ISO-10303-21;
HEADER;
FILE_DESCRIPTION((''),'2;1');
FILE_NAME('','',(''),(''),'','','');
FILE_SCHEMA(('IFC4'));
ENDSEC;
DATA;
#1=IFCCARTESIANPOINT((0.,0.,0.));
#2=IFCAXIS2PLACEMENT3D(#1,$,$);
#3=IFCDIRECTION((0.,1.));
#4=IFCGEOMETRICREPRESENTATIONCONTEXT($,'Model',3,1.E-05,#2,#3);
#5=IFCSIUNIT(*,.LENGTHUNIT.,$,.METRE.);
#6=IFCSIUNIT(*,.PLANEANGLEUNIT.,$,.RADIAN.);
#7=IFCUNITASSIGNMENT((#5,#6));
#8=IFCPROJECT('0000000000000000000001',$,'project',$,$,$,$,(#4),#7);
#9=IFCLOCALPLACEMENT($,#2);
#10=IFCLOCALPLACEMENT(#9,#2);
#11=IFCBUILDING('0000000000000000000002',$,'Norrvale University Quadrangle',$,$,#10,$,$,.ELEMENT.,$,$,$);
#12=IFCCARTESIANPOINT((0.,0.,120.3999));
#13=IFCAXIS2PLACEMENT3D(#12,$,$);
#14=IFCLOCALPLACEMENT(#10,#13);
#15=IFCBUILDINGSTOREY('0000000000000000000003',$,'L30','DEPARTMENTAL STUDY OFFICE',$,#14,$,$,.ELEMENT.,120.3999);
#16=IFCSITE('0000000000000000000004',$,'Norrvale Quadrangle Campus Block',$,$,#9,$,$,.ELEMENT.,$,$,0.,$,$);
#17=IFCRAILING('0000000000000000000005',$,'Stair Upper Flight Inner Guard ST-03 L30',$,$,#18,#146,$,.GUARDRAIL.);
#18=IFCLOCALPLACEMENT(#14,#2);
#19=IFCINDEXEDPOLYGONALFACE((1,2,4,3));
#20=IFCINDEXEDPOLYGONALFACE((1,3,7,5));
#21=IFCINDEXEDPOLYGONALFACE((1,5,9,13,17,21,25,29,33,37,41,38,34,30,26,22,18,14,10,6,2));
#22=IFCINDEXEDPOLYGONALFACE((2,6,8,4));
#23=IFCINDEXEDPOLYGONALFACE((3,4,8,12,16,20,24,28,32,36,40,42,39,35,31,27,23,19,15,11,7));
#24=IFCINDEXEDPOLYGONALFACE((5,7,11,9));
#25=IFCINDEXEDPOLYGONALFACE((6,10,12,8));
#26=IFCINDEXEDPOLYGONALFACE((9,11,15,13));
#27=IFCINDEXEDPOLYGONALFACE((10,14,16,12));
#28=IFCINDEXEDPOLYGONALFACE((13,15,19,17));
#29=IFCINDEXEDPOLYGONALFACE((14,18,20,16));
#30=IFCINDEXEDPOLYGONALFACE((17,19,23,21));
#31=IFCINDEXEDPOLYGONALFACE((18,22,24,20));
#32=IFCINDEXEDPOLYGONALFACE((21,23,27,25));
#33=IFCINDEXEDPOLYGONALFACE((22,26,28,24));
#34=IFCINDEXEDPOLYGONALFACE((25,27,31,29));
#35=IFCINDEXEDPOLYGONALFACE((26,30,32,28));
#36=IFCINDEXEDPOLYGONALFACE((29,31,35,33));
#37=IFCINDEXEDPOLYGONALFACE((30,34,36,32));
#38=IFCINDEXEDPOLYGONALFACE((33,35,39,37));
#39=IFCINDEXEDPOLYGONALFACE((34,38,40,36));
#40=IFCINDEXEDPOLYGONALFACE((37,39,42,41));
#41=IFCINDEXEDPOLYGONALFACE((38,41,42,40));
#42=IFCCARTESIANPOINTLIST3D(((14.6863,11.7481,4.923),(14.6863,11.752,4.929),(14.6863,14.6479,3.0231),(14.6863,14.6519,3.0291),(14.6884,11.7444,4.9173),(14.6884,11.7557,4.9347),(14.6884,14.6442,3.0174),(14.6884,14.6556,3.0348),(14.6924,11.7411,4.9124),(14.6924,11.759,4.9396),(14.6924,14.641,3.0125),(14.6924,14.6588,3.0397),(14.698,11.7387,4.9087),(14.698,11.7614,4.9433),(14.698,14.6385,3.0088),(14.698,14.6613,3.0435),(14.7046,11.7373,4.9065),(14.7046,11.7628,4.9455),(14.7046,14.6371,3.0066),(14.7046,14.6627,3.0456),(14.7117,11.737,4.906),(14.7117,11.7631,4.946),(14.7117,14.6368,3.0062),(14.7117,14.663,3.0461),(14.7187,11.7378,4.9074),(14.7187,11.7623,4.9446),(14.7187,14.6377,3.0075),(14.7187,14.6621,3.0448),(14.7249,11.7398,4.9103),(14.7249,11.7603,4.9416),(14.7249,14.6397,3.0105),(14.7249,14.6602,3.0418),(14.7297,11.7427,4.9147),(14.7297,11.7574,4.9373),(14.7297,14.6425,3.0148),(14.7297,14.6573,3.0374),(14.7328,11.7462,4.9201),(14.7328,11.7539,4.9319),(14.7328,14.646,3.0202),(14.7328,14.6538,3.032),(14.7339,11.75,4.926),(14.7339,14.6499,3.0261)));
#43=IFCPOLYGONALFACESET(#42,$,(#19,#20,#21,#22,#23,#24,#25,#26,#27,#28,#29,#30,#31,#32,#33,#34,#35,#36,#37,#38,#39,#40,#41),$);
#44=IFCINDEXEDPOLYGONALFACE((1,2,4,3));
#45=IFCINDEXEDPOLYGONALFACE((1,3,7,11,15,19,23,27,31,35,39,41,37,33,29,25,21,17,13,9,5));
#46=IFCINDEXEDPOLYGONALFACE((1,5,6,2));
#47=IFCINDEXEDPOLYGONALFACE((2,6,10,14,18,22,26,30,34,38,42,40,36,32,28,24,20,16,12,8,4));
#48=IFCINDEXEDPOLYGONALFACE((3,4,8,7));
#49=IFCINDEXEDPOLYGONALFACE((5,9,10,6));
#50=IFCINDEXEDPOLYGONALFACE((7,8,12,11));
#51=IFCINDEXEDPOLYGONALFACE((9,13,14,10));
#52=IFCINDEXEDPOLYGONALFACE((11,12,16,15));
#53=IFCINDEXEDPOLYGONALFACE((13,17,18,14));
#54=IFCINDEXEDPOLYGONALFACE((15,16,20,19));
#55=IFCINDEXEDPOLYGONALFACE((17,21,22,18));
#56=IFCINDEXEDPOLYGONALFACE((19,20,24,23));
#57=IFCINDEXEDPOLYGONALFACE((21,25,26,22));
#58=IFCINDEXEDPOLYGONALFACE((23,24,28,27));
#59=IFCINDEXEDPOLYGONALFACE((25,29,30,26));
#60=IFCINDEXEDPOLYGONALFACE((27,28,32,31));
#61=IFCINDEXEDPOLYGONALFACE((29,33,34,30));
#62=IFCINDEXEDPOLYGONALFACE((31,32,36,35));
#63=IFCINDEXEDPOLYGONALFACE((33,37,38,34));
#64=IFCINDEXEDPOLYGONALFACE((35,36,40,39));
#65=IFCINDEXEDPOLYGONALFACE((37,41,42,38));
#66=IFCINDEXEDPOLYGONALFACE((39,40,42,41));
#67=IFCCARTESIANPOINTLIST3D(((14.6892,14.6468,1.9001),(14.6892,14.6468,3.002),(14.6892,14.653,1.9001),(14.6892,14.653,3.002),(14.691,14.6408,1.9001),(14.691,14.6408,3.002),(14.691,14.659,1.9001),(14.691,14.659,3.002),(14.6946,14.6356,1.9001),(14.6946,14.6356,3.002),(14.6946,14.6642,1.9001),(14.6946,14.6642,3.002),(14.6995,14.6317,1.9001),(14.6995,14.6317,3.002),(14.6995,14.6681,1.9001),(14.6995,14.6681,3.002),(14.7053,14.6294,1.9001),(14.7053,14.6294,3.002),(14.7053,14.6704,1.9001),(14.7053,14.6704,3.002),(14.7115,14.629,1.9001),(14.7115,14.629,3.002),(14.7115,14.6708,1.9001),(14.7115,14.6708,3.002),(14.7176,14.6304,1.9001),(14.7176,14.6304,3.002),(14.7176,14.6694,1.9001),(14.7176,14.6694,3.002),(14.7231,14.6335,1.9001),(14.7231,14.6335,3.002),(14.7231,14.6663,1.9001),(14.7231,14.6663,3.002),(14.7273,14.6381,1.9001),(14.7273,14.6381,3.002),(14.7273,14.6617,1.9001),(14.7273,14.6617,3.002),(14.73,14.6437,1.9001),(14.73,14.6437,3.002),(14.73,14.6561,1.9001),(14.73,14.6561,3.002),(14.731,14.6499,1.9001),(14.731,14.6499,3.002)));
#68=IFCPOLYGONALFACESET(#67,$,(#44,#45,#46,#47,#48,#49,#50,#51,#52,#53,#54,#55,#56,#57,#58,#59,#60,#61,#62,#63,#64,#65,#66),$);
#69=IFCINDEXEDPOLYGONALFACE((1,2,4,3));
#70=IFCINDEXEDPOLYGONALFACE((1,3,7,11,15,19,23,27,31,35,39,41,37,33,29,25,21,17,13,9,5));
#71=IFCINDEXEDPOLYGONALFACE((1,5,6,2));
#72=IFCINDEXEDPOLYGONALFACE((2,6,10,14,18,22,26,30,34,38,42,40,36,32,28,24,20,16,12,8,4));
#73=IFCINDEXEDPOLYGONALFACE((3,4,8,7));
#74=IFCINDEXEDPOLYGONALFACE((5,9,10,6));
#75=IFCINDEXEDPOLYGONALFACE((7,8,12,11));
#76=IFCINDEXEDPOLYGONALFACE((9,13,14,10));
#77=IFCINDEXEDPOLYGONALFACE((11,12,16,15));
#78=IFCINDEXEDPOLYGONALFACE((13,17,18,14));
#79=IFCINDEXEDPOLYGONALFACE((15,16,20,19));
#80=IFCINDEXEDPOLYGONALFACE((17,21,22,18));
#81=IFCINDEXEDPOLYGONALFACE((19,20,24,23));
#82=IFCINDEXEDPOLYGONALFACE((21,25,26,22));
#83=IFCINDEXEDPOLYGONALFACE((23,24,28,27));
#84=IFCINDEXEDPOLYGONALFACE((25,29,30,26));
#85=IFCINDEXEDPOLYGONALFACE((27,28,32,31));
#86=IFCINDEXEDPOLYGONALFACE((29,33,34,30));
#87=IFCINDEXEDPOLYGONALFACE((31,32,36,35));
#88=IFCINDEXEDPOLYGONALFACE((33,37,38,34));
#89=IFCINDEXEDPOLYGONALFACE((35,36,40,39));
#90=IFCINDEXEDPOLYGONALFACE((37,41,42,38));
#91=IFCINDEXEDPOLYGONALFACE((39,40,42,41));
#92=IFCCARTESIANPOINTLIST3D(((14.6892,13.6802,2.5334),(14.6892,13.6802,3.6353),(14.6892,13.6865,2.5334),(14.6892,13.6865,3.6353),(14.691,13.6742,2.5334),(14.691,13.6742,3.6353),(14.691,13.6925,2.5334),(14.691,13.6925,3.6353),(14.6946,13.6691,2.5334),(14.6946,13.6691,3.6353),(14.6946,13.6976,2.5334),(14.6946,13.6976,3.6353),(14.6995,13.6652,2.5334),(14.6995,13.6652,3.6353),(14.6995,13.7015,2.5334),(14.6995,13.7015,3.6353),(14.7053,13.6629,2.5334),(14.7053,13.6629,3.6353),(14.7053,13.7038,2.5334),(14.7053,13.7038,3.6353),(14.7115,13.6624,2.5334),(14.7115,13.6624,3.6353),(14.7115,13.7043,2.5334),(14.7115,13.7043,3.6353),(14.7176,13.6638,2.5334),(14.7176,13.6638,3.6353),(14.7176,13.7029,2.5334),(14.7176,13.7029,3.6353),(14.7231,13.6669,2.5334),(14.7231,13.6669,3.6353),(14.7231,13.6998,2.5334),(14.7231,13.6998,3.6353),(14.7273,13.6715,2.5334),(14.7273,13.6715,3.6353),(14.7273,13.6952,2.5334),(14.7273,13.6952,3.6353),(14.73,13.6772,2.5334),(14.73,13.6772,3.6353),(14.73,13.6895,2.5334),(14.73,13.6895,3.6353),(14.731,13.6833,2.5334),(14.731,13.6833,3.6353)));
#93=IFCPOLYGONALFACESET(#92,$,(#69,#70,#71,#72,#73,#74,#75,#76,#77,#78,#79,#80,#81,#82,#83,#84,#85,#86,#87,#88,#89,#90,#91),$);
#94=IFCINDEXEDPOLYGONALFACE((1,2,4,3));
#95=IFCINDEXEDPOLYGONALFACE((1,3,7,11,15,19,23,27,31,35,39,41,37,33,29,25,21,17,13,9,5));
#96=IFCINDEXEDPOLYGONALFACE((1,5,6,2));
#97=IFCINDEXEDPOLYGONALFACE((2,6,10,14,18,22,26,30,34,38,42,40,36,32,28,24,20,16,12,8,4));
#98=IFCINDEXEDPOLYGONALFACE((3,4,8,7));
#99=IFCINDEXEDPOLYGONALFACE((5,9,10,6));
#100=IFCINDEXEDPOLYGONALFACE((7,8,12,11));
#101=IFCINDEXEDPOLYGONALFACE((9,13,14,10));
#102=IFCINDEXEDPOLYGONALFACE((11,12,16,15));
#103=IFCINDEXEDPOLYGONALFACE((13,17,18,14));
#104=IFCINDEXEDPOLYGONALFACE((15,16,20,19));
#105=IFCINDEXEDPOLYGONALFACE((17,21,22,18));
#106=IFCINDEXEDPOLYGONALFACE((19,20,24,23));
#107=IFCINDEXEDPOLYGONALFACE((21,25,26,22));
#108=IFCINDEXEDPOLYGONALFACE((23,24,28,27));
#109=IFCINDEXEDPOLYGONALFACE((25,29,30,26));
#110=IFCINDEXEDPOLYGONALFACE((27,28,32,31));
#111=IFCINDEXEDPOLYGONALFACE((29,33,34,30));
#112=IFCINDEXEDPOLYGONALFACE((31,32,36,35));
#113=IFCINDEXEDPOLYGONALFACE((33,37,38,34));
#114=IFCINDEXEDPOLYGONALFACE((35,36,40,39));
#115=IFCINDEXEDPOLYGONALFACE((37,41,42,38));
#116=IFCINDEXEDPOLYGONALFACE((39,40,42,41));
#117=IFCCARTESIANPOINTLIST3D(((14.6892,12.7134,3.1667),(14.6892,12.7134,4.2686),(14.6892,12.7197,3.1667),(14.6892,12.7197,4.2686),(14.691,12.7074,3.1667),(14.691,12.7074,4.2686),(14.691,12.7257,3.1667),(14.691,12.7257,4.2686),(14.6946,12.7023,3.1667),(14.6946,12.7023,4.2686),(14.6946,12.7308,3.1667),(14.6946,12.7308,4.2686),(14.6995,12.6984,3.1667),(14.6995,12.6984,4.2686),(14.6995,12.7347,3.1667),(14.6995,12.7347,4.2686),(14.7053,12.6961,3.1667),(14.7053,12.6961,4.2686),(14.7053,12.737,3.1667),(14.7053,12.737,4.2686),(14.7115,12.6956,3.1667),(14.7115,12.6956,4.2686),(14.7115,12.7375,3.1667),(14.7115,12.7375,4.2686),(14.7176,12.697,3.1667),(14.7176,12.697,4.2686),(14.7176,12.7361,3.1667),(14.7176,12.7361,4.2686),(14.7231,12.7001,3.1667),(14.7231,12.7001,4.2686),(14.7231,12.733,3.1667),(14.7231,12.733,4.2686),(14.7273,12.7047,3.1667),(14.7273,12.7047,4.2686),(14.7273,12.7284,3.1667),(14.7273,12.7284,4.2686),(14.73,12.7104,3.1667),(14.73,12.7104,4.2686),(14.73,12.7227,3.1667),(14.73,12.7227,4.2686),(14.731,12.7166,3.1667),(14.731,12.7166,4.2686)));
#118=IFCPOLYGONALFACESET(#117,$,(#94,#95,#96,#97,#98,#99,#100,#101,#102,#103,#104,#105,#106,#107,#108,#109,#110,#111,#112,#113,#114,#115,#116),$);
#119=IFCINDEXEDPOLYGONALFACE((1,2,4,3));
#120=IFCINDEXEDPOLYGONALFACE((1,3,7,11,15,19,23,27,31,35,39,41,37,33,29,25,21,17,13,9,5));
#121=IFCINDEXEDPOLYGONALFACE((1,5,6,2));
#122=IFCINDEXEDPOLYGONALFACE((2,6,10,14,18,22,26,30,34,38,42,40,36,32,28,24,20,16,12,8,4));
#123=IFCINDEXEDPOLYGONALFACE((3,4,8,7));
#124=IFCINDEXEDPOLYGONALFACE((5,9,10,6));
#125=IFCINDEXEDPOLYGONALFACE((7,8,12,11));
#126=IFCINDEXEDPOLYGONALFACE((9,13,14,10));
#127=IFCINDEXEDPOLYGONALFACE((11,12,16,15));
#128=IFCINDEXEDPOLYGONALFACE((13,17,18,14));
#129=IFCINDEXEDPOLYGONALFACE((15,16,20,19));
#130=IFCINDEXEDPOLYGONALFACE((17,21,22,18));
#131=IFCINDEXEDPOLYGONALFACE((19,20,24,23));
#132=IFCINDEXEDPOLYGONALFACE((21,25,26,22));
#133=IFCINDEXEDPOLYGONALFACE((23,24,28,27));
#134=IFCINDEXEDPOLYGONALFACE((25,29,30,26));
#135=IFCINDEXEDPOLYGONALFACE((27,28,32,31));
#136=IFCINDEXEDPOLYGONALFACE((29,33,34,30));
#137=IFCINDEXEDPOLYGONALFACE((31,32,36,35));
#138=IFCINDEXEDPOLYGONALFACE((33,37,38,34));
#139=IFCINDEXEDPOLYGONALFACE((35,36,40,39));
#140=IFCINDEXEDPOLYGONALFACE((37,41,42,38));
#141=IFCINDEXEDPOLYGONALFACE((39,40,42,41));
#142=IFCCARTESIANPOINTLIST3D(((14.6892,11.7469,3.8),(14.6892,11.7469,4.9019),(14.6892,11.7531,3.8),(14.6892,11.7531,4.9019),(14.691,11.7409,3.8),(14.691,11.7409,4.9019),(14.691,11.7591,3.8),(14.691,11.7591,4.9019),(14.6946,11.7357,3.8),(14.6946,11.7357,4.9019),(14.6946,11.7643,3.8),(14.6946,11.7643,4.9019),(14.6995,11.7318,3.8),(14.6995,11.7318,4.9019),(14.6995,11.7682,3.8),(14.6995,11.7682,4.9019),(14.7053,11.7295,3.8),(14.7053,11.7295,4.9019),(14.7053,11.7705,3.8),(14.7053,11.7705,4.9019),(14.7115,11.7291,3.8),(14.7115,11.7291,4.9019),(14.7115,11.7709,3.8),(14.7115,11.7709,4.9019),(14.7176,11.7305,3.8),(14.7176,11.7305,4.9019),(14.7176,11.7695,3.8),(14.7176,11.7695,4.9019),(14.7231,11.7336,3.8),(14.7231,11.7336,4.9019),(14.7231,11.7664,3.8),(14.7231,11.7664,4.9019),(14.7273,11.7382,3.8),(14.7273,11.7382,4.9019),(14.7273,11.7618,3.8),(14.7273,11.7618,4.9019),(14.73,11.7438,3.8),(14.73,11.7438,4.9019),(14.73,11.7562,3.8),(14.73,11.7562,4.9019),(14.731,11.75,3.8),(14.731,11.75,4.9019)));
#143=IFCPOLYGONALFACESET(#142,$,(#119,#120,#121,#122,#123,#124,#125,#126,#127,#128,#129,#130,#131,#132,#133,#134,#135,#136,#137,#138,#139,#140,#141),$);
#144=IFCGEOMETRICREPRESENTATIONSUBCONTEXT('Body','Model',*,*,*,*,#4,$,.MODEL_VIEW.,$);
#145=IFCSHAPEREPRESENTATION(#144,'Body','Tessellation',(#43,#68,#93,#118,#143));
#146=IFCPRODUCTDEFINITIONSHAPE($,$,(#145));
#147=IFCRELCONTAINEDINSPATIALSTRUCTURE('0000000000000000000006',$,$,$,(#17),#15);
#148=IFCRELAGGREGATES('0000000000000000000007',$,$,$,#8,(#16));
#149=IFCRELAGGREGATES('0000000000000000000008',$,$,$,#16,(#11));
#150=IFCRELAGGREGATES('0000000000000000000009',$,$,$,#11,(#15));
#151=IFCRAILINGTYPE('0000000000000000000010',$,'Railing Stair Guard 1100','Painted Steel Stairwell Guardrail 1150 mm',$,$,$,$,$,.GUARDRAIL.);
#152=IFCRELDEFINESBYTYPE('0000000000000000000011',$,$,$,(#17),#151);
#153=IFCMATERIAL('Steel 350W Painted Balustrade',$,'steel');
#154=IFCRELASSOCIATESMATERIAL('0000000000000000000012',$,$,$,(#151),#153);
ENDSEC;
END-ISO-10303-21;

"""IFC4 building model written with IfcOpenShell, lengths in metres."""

from ifc_helpers import new_model, si_unit, direction, frame, origin, origin_2d, place, context, subcontext, project, spatial, circle, extrude, material, type_object, element, save


model = new_model("IFC4")

# Units and contexts
model_context = context("Model", 3, precision=1e-05, world=origin(), true_north=direction((0.0, 1.0)))
body_context = subcontext(model_context, "Body", "Model", "MODEL_VIEW")
ifc_project = project(units=[si_unit("LENGTHUNIT", "METRE"), si_unit("PLANEANGLEUNIT", "RADIAN")], contexts=[model_context])

# Site, building, storey
site_placement = place(None, origin())
site = spatial("IfcSite", under=ifc_project, at=site_placement, Name="Norrvale Quadrangle Campus Block", CompositionType="ELEMENT", RefElevation=0.0)
building_placement = place(site_placement, origin())
building = spatial("IfcBuilding", under=site, at=building_placement, Name="Norrvale University Quadrangle", CompositionType="ELEMENT")
storey_placement = place(building_placement, frame((0.0, 0.0, 120.3999)))
storey = spatial("IfcBuildingStorey", under=building, at=storey_placement, Name="L30", Description="DEPARTMENTAL STUDY OFFICE", CompositionType="ELEMENT", Elevation=120.3999)

# Railing
ifc_material_1 = material(Name="Steel 350W Painted Balustrade", Category="steel")
railing_type_1 = type_object("IfcRailingType", Name="Railing Stair Guard 1100", Description="Painted Steel Stairwell Guardrail 1150 mm", PredefinedType="GUARDRAIL", material=ifc_material_1)
railing_1_placement = place(storey_placement, frame((14.71, 14.6499, 1.9001)))
element("IfcRailing", 1, at=railing_1_placement, inside=storey, type_object=railing_type_1, Name="Stair Upper Flight Inner Guard ST-03 L30", PredefinedType="GUARDRAIL", context=body_context, shape_type="SweptSolid", body=[
    extrude(circle(Radius=0.0239, at=origin_2d()), frame((0.0, 0.0, 1.126), z_axis=(0.0, -0.836466, 0.548019), x_axis=(1.0, 0.0, 0.0)), (0.0, 0.0, 1.0), 3.4668),
    extrude(circle(Radius=0.021, at=origin_2d()), origin(), (0.0, 0.0, 1.0), 1.1018),
    extrude(circle(Radius=0.021, at=origin_2d()), frame((0.0, -0.9666, 0.6333)), (0.0, 0.0, 1.0), 1.1018),
    extrude(circle(Radius=0.021, at=origin_2d()), frame((0.0, -1.9333, 1.2666)), (0.0, 0.0, 1.0), 1.1018),
    extrude(circle(Radius=0.021, at=origin_2d()), frame((0.0, -2.8999, 1.8999)), (0.0, 0.0, 1.0), 1.1018),
])

save(model, "model.ifc")
